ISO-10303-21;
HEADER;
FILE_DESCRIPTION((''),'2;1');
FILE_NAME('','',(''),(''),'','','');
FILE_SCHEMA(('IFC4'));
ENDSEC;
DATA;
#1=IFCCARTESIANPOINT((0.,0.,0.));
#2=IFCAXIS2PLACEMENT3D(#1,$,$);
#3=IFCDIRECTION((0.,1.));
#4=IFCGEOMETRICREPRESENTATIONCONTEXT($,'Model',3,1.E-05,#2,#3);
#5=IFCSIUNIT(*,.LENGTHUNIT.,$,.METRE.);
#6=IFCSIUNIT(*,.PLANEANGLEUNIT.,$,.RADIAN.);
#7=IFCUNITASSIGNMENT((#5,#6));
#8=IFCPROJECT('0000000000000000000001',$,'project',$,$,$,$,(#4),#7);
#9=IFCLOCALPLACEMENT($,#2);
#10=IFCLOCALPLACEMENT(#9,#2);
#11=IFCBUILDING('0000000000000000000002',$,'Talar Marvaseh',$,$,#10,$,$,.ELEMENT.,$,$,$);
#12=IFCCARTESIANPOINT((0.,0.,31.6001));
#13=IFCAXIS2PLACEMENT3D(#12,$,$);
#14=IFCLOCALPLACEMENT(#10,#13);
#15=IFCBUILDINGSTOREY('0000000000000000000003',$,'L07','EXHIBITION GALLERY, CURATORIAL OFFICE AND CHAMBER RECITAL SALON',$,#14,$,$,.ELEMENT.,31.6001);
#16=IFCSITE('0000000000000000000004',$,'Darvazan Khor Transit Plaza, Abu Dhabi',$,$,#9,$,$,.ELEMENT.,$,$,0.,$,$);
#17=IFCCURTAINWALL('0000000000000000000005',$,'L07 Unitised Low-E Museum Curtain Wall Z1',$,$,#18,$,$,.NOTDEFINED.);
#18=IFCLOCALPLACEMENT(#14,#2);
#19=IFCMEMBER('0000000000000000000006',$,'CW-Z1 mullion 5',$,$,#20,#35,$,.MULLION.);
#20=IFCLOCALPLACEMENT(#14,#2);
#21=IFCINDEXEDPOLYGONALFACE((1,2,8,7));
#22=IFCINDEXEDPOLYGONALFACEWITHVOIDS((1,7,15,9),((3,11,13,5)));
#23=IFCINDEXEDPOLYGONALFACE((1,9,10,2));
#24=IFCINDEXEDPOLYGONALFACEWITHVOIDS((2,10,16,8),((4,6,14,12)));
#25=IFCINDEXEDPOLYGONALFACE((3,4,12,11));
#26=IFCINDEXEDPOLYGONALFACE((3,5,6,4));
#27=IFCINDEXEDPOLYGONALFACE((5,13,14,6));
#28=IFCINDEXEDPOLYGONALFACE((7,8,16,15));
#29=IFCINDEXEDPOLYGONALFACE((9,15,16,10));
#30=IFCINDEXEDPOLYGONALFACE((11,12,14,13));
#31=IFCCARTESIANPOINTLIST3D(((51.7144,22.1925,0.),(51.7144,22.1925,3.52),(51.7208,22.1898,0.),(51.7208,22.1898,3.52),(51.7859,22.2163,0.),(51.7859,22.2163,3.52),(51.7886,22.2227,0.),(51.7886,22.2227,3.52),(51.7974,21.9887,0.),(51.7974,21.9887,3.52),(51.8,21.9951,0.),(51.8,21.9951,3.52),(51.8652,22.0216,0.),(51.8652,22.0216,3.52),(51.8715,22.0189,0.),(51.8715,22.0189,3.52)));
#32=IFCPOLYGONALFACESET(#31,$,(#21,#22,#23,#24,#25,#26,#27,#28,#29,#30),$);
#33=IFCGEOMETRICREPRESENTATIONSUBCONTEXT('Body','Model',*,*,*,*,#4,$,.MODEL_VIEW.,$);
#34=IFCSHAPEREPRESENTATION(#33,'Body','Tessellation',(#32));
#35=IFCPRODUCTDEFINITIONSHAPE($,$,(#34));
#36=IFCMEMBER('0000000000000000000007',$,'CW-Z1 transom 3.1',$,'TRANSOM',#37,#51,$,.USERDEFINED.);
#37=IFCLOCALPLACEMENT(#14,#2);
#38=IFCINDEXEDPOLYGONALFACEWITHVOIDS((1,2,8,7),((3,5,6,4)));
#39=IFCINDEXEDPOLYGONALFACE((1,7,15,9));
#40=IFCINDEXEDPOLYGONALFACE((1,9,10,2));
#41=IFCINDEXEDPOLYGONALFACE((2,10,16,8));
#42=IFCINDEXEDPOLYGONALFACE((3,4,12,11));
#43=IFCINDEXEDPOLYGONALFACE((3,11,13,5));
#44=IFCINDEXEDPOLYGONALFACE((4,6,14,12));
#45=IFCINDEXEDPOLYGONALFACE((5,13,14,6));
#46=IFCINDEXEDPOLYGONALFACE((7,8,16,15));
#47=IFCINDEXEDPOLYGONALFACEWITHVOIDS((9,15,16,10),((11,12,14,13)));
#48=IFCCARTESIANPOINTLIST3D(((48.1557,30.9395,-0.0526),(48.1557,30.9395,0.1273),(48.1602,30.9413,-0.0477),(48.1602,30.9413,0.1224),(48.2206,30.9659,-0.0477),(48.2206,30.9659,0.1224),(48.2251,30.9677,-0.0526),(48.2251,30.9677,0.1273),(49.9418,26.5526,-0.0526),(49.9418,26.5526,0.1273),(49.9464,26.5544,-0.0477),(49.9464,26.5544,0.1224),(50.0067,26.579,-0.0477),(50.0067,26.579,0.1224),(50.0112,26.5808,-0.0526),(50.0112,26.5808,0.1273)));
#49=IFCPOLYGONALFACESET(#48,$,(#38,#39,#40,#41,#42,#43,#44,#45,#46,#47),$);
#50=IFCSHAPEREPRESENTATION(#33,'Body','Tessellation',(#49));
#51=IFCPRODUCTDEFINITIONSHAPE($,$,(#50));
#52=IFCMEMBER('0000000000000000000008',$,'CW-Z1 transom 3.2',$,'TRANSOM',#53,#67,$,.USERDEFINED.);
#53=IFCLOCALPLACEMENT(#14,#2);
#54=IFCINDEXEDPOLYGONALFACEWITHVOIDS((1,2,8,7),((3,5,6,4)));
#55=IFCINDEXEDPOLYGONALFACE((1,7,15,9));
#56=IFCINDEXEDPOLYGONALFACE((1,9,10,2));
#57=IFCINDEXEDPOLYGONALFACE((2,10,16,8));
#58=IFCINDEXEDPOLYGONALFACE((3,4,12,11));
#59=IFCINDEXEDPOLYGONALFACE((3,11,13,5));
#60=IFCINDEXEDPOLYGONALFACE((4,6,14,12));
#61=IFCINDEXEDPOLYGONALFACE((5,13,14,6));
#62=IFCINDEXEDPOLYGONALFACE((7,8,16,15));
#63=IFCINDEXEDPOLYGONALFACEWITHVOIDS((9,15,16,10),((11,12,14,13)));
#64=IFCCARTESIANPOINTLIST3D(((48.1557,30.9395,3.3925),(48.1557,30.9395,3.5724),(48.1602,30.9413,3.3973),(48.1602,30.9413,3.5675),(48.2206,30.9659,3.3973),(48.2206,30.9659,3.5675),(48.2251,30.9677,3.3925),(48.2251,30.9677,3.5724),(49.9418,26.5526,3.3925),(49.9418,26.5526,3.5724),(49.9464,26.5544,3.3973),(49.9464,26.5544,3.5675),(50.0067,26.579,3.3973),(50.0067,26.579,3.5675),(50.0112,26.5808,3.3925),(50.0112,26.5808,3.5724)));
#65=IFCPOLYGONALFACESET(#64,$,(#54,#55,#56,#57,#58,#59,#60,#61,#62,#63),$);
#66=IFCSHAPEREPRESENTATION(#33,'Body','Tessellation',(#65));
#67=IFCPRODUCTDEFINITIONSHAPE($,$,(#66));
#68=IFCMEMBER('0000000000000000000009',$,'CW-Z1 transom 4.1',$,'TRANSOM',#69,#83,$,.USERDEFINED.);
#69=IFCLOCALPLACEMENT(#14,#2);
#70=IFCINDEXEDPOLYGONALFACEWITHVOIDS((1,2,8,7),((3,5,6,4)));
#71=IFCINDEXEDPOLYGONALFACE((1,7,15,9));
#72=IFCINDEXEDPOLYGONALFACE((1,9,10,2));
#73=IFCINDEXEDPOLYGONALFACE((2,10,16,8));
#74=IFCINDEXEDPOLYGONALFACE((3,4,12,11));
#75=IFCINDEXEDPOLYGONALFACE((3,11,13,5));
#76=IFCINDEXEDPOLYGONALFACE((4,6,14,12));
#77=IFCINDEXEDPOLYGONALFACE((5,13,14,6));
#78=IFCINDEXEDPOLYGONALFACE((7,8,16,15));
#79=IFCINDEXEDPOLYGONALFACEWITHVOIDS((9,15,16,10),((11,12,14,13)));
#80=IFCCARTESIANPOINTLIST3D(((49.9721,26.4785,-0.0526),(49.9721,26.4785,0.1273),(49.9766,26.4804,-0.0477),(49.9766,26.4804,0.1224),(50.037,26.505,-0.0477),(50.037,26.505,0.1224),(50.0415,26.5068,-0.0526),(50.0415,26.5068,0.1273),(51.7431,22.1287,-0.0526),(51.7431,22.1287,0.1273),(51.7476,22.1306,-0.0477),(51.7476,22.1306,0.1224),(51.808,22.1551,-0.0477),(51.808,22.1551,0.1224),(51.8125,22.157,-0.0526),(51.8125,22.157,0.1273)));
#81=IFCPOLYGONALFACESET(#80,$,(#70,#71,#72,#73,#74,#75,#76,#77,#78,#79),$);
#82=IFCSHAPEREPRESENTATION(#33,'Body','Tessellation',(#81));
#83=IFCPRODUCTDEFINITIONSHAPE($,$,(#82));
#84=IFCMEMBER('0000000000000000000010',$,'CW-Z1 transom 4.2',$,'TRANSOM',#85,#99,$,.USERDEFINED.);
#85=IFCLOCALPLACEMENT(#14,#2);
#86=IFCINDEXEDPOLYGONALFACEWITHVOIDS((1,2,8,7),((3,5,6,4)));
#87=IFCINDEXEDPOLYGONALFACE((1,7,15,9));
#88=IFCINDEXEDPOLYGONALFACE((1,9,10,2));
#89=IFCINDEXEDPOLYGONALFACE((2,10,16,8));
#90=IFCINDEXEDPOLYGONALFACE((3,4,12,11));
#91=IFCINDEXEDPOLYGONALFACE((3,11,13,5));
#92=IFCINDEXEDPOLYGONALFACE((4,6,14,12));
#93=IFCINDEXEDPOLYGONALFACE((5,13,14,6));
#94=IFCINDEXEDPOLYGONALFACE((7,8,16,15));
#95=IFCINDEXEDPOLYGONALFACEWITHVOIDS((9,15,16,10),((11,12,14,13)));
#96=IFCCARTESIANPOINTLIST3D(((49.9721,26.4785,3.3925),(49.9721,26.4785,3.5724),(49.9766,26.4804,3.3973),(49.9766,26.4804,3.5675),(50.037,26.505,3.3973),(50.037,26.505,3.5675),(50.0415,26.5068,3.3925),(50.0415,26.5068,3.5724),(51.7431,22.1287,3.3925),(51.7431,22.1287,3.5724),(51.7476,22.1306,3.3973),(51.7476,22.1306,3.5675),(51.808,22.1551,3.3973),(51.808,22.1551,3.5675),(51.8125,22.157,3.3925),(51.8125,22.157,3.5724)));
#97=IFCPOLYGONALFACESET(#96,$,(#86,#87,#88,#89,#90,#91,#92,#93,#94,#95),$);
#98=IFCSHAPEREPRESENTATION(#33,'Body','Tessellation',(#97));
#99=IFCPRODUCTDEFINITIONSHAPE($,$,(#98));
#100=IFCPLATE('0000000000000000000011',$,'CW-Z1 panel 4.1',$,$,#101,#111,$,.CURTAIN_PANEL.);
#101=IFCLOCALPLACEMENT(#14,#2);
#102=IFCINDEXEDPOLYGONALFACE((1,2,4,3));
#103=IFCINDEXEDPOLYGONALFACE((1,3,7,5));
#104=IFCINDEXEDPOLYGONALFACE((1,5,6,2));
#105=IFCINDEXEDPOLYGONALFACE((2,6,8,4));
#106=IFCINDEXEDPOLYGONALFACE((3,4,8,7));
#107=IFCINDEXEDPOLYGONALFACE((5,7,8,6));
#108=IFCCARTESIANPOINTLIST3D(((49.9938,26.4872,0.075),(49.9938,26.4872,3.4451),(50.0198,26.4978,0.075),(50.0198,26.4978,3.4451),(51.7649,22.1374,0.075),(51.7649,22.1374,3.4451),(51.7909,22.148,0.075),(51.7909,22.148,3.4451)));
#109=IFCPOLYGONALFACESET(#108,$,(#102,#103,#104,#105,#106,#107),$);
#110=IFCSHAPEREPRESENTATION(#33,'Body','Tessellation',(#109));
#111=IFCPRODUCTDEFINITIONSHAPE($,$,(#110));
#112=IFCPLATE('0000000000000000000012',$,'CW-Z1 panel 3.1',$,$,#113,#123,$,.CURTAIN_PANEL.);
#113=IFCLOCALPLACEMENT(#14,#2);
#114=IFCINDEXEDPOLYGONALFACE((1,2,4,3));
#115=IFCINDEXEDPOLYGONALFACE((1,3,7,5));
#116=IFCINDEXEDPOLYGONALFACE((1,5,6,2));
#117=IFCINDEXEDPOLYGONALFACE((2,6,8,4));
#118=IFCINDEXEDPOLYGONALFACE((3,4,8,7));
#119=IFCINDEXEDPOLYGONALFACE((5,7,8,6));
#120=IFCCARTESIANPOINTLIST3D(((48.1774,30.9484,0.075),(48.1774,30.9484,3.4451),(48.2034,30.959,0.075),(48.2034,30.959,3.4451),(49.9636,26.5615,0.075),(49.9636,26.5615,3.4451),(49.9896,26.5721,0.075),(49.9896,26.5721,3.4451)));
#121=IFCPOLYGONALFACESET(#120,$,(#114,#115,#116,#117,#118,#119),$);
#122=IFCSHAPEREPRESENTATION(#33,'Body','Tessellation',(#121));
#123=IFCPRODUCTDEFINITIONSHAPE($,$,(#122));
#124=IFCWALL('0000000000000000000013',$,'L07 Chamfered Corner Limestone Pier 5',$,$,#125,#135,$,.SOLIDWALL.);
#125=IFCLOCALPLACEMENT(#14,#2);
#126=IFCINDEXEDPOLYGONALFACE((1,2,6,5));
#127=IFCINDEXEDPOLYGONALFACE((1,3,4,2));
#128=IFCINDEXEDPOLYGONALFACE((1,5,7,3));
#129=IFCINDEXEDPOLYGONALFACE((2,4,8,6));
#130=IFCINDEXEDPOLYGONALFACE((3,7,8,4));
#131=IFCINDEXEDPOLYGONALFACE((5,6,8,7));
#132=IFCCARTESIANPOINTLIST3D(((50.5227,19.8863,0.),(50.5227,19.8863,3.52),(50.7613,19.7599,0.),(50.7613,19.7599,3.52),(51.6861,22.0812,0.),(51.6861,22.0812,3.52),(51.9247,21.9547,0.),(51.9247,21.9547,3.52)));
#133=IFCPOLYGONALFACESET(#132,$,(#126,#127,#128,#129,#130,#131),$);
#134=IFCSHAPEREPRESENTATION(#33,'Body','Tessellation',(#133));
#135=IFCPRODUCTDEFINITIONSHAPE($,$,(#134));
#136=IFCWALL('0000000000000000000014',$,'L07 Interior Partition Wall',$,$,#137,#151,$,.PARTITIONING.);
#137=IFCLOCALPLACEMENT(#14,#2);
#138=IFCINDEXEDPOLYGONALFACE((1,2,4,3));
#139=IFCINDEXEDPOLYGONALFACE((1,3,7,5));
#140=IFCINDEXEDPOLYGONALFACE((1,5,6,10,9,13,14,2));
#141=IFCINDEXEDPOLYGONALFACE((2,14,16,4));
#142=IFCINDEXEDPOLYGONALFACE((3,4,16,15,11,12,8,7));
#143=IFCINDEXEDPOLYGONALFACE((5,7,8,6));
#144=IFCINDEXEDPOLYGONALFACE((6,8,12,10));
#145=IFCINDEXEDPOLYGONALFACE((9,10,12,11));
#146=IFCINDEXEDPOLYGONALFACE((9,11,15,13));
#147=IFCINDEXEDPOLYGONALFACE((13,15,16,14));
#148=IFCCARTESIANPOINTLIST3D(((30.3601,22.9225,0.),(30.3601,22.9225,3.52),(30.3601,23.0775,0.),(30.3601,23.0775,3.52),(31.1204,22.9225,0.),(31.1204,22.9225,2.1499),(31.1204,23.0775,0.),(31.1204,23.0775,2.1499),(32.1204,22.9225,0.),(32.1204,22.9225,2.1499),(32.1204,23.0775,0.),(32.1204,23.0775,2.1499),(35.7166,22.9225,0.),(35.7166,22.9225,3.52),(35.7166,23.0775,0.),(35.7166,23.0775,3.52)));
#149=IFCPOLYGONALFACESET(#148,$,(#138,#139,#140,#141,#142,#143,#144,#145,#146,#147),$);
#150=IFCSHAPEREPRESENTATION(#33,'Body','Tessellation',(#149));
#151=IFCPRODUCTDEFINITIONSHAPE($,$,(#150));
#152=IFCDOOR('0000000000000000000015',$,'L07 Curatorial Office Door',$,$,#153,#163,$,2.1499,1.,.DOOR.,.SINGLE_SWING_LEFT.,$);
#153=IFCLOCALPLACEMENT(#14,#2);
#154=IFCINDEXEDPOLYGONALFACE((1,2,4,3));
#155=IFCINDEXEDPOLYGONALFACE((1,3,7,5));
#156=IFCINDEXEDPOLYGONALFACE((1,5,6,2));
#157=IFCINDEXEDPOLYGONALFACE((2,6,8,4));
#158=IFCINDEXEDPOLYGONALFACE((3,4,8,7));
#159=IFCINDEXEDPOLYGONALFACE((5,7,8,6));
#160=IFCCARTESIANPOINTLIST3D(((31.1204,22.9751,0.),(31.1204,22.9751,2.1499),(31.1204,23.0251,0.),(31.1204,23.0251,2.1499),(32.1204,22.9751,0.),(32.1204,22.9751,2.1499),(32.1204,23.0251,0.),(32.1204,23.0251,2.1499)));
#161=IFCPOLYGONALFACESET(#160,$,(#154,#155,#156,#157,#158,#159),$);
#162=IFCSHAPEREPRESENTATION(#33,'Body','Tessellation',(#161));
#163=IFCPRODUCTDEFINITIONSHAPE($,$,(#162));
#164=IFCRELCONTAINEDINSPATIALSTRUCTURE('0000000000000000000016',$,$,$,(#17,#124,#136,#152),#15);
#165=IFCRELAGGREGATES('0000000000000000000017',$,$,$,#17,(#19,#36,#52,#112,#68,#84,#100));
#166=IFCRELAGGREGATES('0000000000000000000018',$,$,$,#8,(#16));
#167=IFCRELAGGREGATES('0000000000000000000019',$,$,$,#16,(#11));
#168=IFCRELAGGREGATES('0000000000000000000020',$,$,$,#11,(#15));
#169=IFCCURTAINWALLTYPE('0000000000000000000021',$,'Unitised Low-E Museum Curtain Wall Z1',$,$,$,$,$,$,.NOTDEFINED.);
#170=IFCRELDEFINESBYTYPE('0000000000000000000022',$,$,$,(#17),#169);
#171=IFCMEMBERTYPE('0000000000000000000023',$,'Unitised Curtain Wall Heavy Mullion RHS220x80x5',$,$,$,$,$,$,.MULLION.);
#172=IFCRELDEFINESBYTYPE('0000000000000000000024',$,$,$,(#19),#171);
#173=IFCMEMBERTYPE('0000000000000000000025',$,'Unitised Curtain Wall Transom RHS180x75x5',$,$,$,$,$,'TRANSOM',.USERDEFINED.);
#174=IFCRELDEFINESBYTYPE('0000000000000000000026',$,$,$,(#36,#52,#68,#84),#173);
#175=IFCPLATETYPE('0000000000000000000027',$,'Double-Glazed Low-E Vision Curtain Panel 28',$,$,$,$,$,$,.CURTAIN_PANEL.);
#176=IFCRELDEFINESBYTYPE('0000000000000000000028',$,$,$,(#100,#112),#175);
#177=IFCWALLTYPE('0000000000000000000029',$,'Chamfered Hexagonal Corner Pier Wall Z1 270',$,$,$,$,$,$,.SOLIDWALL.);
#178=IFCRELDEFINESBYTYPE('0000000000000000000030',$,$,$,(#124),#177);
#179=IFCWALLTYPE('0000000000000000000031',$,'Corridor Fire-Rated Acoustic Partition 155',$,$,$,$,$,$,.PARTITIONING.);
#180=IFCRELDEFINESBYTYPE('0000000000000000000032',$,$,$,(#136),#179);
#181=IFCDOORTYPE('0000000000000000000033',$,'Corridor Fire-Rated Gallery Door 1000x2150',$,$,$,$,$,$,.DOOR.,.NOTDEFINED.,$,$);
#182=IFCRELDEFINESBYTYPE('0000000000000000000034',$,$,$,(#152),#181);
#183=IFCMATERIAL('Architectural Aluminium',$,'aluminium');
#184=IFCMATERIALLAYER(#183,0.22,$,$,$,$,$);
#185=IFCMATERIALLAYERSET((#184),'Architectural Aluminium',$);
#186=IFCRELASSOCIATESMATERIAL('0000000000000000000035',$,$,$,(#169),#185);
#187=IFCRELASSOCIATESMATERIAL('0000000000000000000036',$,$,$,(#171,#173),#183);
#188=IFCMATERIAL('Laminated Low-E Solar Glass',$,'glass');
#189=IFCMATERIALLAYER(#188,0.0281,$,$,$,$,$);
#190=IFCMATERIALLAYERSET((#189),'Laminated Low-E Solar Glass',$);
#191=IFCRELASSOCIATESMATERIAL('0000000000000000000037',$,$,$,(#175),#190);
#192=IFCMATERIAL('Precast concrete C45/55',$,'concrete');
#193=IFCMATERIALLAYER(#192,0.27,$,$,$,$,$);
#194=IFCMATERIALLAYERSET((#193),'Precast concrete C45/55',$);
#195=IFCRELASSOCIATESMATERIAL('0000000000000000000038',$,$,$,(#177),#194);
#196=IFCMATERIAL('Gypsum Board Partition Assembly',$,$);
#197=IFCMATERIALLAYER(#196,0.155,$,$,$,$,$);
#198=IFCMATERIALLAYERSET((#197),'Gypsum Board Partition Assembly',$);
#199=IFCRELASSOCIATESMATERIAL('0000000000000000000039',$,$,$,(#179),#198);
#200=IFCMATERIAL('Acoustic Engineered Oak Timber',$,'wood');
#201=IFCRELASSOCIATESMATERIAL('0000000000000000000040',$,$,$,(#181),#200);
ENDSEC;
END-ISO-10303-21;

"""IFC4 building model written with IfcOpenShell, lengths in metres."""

from ifc_helpers import new_model, si_unit, direction, frame, frame_2d, origin, origin_2d, place, context, subcontext, project, spatial, rectangle, hollow_rectangle, extrude, source, transform, mapped, material, layer, layer_set, material_profile, profile_set, type_object, type_shapes, element, fill, aggregate, save


model = new_model("IFC4")

# Units and contexts
model_context = context("Model", 3, precision=1e-05, world=origin(), true_north=direction((0.0, 1.0)))
body_context = subcontext(model_context, "Body", "Model", "MODEL_VIEW")
ifc_project = project(units=[si_unit("LENGTHUNIT", "METRE"), si_unit("PLANEANGLEUNIT", "RADIAN")], contexts=[model_context])

# Site, building, storey
site_placement = place(None, origin())
site = spatial("IfcSite", under=ifc_project, at=site_placement, Name="Darvazan Khor Transit Plaza, Abu Dhabi", CompositionType="ELEMENT", RefElevation=0.0)
building_placement = place(site_placement, origin())
building = spatial("IfcBuilding", under=site, at=building_placement, Name="Talar Marvaseh", CompositionType="ELEMENT")
storey_placement = place(building_placement, frame((0.0, 0.0, 31.6001)))
storey = spatial("IfcBuildingStorey", under=building, at=storey_placement, Name="L07", Description="EXHIBITION GALLERY, CURATORIAL OFFICE AND CHAMBER RECITAL SALON", CompositionType="ELEMENT", Elevation=31.6001)

# Curtain wall, members, plates
ifc_material_1 = material(Name="Architectural Aluminium", Category="aluminium")
ifc_layer_1 = layer(ifc_material_1, 0.22)
ifc_layer_set_1 = layer_set([ifc_layer_1], Name="Architectural Aluminium")
curtain_wall_type = type_object("IfcCurtainWallType", Name="Unitised Low-E Museum Curtain Wall Z1", PredefinedType="NOTDEFINED", material=ifc_layer_set_1)
curtain_wall_placement = place(storey_placement, origin())
curtain_wall = element("IfcCurtainWall", 1, at=curtain_wall_placement, inside=storey, type_object=curtain_wall_type, Name="L07 Unitised Low-E Museum Curtain Wall Z1", PredefinedType="NOTDEFINED")
ifc_material_profile_1 = material_profile(ifc_material_1, hollow_rectangle(XDim=0.0801, YDim=0.22, WallThickness=0.0049, at=origin_2d()), Name="RHS220x80x5")
ifc_profile_set_1 = profile_set([ifc_material_profile_1], Name="Architectural Aluminium")
member_type_1 = type_object("IfcMemberType", Name="Unitised Curtain Wall Heavy Mullion RHS220x80x5", PredefinedType="MULLION", material=ifc_profile_set_1)
shared_shape_1 = source(origin(), body_context, "Body", "SweptSolid", [
    extrude(hollow_rectangle(XDim=0.0801, YDim=0.22, WallThickness=0.0049, at=origin_2d()), origin(), (0.0, 0.0, 1.0), 3.52),
])
type_shapes(member_type_1, [shared_shape_1])
member_1_placement = place(storey_placement, frame((51.793, 22.1057, 0.0), z_axis=(0.0, 0.0, 1.0), x_axis=(0.926174, 0.377096, 0.0)))
member_1 = element("IfcMember", 2, at=member_1_placement, type_object=member_type_1, Name="CW-Z1 mullion 5", PredefinedType="MULLION", context=body_context, shape_type="MappedRepresentation", body=[
    mapped(shared_shape_1, transform((0.0, 0.0, 0.0), x_axis=(1.0, 0.0, 0.0), y_axis=(0.0, 1.0, 0.0), z_axis=(0.0, 0.0, 1.0), scale=1.0)),
])
ifc_material_profile_2 = material_profile(ifc_material_1, hollow_rectangle(XDim=0.075, YDim=0.1799, WallThickness=0.0049, at=origin_2d()), Name="RHS180x75x5")
ifc_profile_set_2 = profile_set([ifc_material_profile_2], Name="Architectural Aluminium")
member_type_2 = type_object("IfcMemberType", Name="Unitised Curtain Wall Transom RHS180x75x5", ElementType="TRANSOM", PredefinedType="USERDEFINED", material=ifc_profile_set_2)
shared_shape_2 = source(origin(), body_context, "Body", "SweptSolid", [
    extrude(hollow_rectangle(XDim=0.075, YDim=0.1799, WallThickness=0.0049, at=origin_2d()), origin(), (0.0, 0.0, 1.0), 4.7366),
])
member_2_placement = place(storey_placement, frame((48.1904, 30.9536, 0.0374), z_axis=(0.377089, -0.926177, 0.0), x_axis=(0.926177, 0.377089, 0.0)))
member_2 = element("IfcMember", 3, at=member_2_placement, type_object=member_type_2, Name="CW-Z1 transom 3.1", ObjectType="TRANSOM", PredefinedType="USERDEFINED", context=body_context, shape_type="MappedRepresentation", body=[
    mapped(shared_shape_2, transform((0.0, 0.0, 0.0), x_axis=(1.0, 0.0, 0.0), y_axis=(0.0, 1.0, 0.0), z_axis=(0.0, 0.0, 1.0), scale=1.0)),
])
member_3_placement = place(storey_placement, frame((48.1904, 30.9536, 3.4824), z_axis=(0.377089, -0.926177, 0.0), x_axis=(0.926177, 0.377089, 0.0)))
member_3 = element("IfcMember", 4, at=member_3_placement, type_object=member_type_2, Name="CW-Z1 transom 3.2", ObjectType="TRANSOM", PredefinedType="USERDEFINED", context=body_context, shape_type="MappedRepresentation", body=[
    mapped(shared_shape_2, transform((0.0, 0.0, 0.0), x_axis=(1.0, 0.0, 0.0), y_axis=(0.0, 1.0, 0.0), z_axis=(0.0, 0.0, 1.0), scale=1.0)),
])
shared_shape_3 = source(origin(), body_context, "Body", "SweptSolid", [
    extrude(hollow_rectangle(XDim=0.075, YDim=0.1799, WallThickness=0.0049, at=origin_2d()), origin(), (0.0, 0.0, 1.0), 4.6965),
])
type_shapes(member_type_2, [shared_shape_2, shared_shape_3])
member_4_placement = place(storey_placement, frame((50.0068, 26.4927, 0.0374), z_axis=(0.377084, -0.926179, 0.0), x_axis=(0.926179, 0.377084, 0.0)))
member_4 = element("IfcMember", 5, at=member_4_placement, type_object=member_type_2, Name="CW-Z1 transom 4.1", ObjectType="TRANSOM", PredefinedType="USERDEFINED", context=body_context, shape_type="MappedRepresentation", body=[
    mapped(shared_shape_3, transform((0.0, 0.0, 0.0), x_axis=(1.0, 0.0, 0.0), y_axis=(0.0, 1.0, 0.0), z_axis=(0.0, 0.0, 1.0), scale=1.0)),
])
member_5_placement = place(storey_placement, frame((50.0068, 26.4927, 3.4824), z_axis=(0.377084, -0.926179, 0.0), x_axis=(0.926179, 0.377084, 0.0)))
member_5 = element("IfcMember", 6, at=member_5_placement, type_object=member_type_2, Name="CW-Z1 transom 4.2", ObjectType="TRANSOM", PredefinedType="USERDEFINED", context=body_context, shape_type="MappedRepresentation", body=[
    mapped(shared_shape_3, transform((0.0, 0.0, 0.0), x_axis=(1.0, 0.0, 0.0), y_axis=(0.0, 1.0, 0.0), z_axis=(0.0, 0.0, 1.0), scale=1.0)),
])
ifc_material_2 = material(Name="Laminated Low-E Solar Glass", Category="glass")
ifc_layer_2 = layer(ifc_material_2, 0.0281)
ifc_layer_set_2 = layer_set([ifc_layer_2], Name="Laminated Low-E Solar Glass")
plate_type = type_object("IfcPlateType", Name="Double-Glazed Low-E Vision Curtain Panel 28", PredefinedType="CURTAIN_PANEL", material=ifc_layer_set_2)
shared_shape_4 = source(origin(), body_context, "Body", "SweptSolid", [
    extrude(rectangle(XDim=4.6965, YDim=0.0281, at=origin_2d()), origin(), (0.0, 0.0, 1.0), 3.3701),
])
plate_1_placement = place(storey_placement, frame((50.8923, 24.3176, 0.075), z_axis=(0.0, 0.0, 1.0), x_axis=(0.377096, -0.926174, 0.0)))
plate_1 = element("IfcPlate", 7, at=plate_1_placement, type_object=plate_type, Name="CW-Z1 panel 4.1", PredefinedType="CURTAIN_PANEL", context=body_context, shape_type="MappedRepresentation", body=[
    mapped(shared_shape_4, transform((0.0, 0.0, 0.0), x_axis=(1.0, 0.0, 0.0), y_axis=(0.0, 1.0, 0.0), z_axis=(0.0, 0.0, 1.0), scale=1.0)),
])
shared_shape_5 = source(origin(), body_context, "Body", "SweptSolid", [
    extrude(rectangle(XDim=4.7366, YDim=0.0281, at=origin_2d()), origin(), (0.0, 0.0, 1.0), 3.3701),
])
type_shapes(plate_type, [shared_shape_4, shared_shape_5])
plate_2_placement = place(storey_placement, frame((49.0835, 28.7603, 0.075), z_axis=(0.0, 0.0, 1.0), x_axis=(0.377096, -0.926174, 0.0)))
plate_2 = element("IfcPlate", 8, at=plate_2_placement, type_object=plate_type, Name="CW-Z1 panel 3.1", PredefinedType="CURTAIN_PANEL", context=body_context, shape_type="MappedRepresentation", body=[
    mapped(shared_shape_5, transform((0.0, 0.0, 0.0), x_axis=(1.0, 0.0, 0.0), y_axis=(0.0, 1.0, 0.0), z_axis=(0.0, 0.0, 1.0), scale=1.0)),
])
aggregate(curtain_wall, [member_1, member_2, member_3, plate_2, member_4, member_5, plate_1])

# Wall
ifc_material_3 = material(Name="Precast concrete C45/55", Category="concrete")
ifc_layer_3 = layer(ifc_material_3, 0.27)
ifc_layer_set_3 = layer_set([ifc_layer_3], Name="Precast concrete C45/55")
wall_type_1 = type_object("IfcWallType", Name="Chamfered Hexagonal Corner Pier Wall Z1 270", PredefinedType="SOLIDWALL", material=ifc_layer_set_3)
wall_1_placement = place(storey_placement, frame((51.8054, 22.0181, 0.0), z_axis=(0.0, 0.0, 1.0), x_axis=(-0.468317, -0.883561, 0.0)))
element("IfcWall", 9, at=wall_1_placement, inside=storey, type_object=wall_type_1, Name="L07 Chamfered Corner Limestone Pier 5", PredefinedType="SOLIDWALL", context=body_context, shape_type="SweptSolid", body=[
    extrude(rectangle(XDim=2.4841, YDim=0.27, at=frame_2d((1.2422, 0.0))), origin(), (0.0, 0.0, 1.0), 3.52),
])

# Wall, opening, door
ifc_material_4 = material(Name="Gypsum Board Partition Assembly")
ifc_layer_4 = layer(ifc_material_4, 0.155)
ifc_layer_set_4 = layer_set([ifc_layer_4], Name="Gypsum Board Partition Assembly")
wall_type_2 = type_object("IfcWallType", Name="Corridor Fire-Rated Acoustic Partition 155", PredefinedType="PARTITIONING", material=ifc_layer_set_4)
wall_2_placement = place(storey_placement, frame((35.7166, 23.0, 0.0), z_axis=(0.0, 0.0, 1.0), x_axis=(-1.0, 0.0, 0.0)))
wall_2 = element("IfcWall", 10, at=wall_2_placement, inside=storey, type_object=wall_type_2, Name="L07 Interior Partition Wall", PredefinedType="PARTITIONING", context=body_context, shape_type="SweptSolid", body=[
    extrude(rectangle(XDim=5.3564, YDim=0.155, at=frame_2d((2.6782, 0.0))), origin(), (0.0, 0.0, 1.0), 3.52),
])
opening_placement = place(wall_2_placement, frame((3.5962, 0.0, 0.0)))
opening = element("IfcOpeningElement", 11, at=opening_placement, cuts=wall_2, PredefinedType="OPENING", context=body_context, shape_type="SweptSolid", body=[
    extrude(rectangle(XDim=1.0, YDim=2.1499, at=frame_2d((0.5, 1.075))), frame((0.0, 0.0874, 0.0), z_axis=(0.0, -1.0, 0.0), x_axis=(1.0, 0.0, 0.0)), (0.0, 0.0, 1.0), 0.175),
])
ifc_material_5 = material(Name="Acoustic Engineered Oak Timber", Category="wood")
door_type = type_object("IfcDoorType", Name="Corridor Fire-Rated Gallery Door 1000x2150", OperationType="NOTDEFINED", PredefinedType="DOOR", material=ifc_material_5)
shared_shape_6 = source(origin(), body_context, "Body", "SweptSolid", [
    extrude(rectangle(XDim=1.0, YDim=2.1499, at=frame_2d((0.5, 1.075))), frame((0.0, 0.0249, 0.0), z_axis=(0.0, -1.0, 0.0), x_axis=(1.0, 0.0, 0.0)), (0.0, 0.0, 1.0), 0.05),
])
type_shapes(door_type, [shared_shape_6])
door_placement = place(opening_placement, origin())
door = element("IfcDoor", 12, at=door_placement, inside=storey, type_object=door_type, Name="L07 Curatorial Office Door", OperationType="SINGLE_SWING_LEFT", OverallHeight=2.1499, OverallWidth=1.0, PredefinedType="DOOR", context=body_context, shape_type="MappedRepresentation", body=[
    mapped(shared_shape_6, transform((0.0, 0.0, 0.0), x_axis=(1.0, 0.0, 0.0), y_axis=(0.0, 1.0, 0.0), z_axis=(0.0, 0.0, 1.0), scale=1.0)),
])
fill(opening, door)

save(model, "model.ifc")
